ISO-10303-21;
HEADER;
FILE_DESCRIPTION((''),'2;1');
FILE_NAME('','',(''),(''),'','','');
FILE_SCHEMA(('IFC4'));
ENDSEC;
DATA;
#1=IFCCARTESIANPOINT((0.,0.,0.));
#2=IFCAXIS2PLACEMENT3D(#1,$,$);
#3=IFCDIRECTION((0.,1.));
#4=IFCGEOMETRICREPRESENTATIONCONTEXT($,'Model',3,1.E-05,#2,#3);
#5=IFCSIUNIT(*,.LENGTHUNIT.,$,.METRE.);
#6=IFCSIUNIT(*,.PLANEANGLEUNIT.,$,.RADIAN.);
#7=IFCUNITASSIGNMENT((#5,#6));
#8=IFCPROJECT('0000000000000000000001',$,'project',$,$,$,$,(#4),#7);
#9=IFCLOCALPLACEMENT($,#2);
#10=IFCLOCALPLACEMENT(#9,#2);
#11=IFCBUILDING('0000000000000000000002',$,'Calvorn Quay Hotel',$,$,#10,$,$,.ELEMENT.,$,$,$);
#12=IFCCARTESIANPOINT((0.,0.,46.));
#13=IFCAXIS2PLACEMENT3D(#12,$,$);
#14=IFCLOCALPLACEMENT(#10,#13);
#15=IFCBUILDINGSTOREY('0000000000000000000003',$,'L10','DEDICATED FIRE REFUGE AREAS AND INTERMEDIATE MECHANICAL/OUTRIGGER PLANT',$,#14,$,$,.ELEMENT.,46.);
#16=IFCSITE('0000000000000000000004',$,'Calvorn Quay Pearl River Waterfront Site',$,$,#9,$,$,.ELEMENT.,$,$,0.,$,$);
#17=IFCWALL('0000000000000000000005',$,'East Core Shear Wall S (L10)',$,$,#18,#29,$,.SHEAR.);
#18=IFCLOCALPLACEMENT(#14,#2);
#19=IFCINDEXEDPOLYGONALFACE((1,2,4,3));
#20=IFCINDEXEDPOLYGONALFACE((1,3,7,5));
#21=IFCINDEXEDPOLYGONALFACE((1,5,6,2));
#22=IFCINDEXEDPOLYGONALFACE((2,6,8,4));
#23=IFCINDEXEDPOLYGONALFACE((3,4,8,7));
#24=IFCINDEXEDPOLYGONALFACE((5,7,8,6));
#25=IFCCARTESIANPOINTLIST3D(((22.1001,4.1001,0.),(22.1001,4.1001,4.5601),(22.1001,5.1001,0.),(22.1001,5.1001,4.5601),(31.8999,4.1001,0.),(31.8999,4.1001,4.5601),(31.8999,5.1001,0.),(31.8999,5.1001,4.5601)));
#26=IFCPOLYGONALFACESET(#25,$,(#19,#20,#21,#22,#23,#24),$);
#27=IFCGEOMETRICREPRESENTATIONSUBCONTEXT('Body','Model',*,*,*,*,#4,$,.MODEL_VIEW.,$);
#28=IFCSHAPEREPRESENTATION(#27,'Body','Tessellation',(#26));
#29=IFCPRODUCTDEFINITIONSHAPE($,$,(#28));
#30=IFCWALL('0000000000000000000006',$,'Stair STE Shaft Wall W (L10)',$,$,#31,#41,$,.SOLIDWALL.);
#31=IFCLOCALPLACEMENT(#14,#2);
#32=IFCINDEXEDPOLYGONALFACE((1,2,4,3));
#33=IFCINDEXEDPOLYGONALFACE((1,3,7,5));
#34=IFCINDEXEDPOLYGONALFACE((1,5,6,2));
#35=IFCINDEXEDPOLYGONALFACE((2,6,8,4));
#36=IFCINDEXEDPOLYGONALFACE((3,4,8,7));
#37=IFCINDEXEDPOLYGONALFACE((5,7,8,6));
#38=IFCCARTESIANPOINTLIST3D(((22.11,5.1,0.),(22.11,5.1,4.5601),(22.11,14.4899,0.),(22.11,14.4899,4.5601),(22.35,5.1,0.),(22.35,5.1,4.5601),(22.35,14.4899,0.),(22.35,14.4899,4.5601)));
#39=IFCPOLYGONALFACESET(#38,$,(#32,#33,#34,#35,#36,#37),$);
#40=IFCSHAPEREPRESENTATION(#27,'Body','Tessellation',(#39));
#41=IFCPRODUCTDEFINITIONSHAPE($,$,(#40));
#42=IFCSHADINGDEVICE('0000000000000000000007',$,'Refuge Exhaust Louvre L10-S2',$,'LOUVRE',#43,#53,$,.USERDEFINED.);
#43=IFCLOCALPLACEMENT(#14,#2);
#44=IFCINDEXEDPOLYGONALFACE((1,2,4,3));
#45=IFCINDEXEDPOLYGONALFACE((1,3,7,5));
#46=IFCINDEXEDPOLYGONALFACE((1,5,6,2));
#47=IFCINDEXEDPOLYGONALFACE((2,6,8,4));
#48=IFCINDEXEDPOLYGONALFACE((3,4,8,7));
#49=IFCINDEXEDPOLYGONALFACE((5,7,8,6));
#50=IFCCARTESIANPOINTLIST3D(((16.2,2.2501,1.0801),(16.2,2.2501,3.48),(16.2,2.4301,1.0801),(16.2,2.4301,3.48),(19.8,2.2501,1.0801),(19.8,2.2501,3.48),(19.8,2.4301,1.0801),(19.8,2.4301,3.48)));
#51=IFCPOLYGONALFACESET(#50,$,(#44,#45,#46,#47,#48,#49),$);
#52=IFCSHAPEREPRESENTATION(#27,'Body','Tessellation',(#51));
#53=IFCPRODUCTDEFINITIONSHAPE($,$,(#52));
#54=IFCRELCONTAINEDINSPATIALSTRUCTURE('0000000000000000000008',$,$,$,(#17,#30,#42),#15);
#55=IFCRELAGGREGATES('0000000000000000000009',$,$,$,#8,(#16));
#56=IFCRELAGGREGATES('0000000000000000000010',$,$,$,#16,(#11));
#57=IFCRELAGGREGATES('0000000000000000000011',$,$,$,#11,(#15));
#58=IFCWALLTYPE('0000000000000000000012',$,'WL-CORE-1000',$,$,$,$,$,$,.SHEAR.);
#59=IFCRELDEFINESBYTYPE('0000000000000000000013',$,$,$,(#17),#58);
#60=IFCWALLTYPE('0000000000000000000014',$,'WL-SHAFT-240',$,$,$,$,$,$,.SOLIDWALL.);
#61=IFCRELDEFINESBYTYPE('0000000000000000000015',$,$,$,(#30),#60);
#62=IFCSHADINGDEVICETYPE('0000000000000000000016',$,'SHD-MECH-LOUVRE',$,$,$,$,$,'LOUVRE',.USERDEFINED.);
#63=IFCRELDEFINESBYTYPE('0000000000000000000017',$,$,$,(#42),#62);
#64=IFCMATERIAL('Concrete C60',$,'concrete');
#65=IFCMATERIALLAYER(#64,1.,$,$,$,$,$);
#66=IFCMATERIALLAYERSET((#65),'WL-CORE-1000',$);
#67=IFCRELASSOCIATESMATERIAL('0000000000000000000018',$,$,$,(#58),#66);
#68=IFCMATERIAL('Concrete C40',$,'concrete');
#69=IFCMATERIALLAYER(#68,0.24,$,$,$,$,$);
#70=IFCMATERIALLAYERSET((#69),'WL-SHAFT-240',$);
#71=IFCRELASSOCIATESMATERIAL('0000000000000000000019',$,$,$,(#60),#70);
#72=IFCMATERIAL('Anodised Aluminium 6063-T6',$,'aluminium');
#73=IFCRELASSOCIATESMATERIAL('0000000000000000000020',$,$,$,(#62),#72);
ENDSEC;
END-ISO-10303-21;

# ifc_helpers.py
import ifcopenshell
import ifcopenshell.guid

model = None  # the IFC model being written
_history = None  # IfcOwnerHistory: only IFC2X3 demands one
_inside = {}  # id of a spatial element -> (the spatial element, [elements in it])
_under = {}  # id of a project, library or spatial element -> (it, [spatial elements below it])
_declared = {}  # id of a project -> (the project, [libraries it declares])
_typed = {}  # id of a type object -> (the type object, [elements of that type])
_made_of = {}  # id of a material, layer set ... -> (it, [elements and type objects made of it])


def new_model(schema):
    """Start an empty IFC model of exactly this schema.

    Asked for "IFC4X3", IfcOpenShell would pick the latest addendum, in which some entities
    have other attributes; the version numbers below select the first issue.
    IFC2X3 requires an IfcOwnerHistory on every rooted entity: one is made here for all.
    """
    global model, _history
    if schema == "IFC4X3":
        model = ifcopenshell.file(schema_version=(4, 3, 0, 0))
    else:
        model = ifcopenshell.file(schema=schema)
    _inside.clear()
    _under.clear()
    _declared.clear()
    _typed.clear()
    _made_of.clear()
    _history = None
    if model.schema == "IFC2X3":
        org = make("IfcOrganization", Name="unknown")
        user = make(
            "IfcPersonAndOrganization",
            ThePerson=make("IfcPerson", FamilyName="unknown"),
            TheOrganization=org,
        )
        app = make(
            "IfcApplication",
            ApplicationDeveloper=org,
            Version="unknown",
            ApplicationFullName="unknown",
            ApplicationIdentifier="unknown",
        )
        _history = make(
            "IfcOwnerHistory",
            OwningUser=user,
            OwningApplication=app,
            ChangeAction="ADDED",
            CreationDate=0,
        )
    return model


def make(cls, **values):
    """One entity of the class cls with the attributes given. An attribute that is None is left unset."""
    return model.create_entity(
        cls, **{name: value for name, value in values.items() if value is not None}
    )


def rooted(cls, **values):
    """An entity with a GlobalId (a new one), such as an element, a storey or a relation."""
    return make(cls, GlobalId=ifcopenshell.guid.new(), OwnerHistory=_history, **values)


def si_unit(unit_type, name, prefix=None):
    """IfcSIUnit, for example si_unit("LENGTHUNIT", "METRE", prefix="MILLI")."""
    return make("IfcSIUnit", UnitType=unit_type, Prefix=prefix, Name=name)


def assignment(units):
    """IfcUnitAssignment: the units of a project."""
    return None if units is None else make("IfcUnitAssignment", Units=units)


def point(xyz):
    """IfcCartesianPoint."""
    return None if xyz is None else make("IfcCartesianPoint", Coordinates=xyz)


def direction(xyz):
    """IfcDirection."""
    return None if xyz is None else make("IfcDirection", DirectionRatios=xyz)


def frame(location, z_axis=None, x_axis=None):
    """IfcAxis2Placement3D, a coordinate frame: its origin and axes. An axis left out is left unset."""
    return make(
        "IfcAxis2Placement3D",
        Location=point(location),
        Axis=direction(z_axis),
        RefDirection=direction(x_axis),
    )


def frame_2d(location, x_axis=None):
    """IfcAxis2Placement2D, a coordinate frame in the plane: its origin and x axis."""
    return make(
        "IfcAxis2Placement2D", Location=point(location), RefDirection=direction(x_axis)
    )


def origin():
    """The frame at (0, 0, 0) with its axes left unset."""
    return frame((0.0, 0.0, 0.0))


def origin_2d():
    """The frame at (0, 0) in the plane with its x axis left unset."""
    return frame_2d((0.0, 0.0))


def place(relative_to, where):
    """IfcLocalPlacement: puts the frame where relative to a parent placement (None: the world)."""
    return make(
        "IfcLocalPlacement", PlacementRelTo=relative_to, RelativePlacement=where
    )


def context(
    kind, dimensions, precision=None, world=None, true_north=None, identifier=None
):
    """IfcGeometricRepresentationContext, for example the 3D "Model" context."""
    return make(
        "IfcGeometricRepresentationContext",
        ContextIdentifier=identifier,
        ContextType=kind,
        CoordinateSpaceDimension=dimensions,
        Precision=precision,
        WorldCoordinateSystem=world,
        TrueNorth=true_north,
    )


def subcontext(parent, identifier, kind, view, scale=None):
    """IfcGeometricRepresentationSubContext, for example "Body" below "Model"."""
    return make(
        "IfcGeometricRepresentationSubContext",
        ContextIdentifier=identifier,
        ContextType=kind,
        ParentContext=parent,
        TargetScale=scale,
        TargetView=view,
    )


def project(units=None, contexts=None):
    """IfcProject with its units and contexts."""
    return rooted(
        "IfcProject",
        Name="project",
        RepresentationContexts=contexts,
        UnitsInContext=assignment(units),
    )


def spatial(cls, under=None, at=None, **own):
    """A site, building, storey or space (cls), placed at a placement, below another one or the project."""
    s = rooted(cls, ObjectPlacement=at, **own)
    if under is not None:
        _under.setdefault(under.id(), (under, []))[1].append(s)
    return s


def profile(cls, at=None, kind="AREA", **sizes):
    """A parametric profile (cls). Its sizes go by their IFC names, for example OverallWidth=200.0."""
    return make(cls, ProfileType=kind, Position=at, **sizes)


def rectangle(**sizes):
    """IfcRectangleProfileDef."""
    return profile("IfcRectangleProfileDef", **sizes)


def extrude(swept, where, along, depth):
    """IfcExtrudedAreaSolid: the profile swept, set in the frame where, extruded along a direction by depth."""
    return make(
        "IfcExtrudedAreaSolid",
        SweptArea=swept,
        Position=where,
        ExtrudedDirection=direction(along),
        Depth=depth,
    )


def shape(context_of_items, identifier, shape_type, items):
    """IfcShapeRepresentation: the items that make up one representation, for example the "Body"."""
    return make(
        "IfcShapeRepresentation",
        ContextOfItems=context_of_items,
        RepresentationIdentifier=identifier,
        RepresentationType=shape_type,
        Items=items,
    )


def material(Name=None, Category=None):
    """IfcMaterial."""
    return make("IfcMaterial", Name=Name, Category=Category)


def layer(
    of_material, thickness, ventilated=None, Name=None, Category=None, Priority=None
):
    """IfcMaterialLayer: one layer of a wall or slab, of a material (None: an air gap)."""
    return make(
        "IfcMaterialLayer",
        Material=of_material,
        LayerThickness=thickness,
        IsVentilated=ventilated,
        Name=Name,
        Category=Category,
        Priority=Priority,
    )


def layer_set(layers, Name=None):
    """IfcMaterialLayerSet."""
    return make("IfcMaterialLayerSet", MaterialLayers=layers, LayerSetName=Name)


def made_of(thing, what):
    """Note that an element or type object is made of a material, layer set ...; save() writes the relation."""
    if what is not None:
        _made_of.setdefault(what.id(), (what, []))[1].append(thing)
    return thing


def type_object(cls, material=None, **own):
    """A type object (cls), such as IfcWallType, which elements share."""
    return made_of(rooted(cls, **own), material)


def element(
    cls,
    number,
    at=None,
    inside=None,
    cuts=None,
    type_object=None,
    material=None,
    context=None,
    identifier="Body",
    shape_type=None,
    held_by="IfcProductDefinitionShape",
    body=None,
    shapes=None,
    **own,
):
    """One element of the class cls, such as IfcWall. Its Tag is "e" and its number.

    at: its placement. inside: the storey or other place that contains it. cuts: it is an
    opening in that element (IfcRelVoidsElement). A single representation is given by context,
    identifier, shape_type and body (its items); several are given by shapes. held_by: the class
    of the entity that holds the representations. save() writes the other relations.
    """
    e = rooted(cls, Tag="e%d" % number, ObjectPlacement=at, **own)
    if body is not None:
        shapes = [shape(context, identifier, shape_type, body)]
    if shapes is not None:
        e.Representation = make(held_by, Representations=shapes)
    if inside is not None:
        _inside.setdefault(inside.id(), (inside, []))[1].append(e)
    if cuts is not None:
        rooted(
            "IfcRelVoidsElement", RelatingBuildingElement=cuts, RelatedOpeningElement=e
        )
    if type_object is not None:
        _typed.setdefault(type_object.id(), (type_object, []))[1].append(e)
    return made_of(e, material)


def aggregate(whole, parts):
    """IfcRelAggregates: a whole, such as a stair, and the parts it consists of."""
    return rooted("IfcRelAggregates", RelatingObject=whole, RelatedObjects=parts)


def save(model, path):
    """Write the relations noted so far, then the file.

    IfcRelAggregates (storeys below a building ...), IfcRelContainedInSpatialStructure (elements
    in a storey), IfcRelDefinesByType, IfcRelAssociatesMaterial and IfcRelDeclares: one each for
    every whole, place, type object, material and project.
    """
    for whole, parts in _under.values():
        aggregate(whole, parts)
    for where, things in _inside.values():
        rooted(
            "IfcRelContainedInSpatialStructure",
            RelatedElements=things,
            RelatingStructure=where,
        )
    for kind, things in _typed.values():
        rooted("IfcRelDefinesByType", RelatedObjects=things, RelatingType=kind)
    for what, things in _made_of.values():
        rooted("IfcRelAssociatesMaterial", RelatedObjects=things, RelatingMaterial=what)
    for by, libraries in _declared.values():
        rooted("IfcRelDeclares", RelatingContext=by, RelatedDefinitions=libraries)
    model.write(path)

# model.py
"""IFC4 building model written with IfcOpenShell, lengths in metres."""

from ifc_helpers import new_model, si_unit, direction, frame, frame_2d, origin, origin_2d, place, context, subcontext, project, spatial, rectangle, extrude, material, layer, layer_set, type_object, element, save


model = new_model("IFC4")

# Units and contexts
model_context = context("Model", 3, precision=1e-05, world=origin(), true_north=direction((0.0, 1.0)))
body_context = subcontext(model_context, "Body", "Model", "MODEL_VIEW")
ifc_project = project(units=[si_unit("LENGTHUNIT", "METRE"), si_unit("PLANEANGLEUNIT", "RADIAN")], contexts=[model_context])

# Site, building, storey
site_placement = place(None, origin())
site = spatial("IfcSite", under=ifc_project, at=site_placement, Name="Calvorn Quay Pearl River Waterfront Site", CompositionType="ELEMENT", RefElevation=0.0)
building_placement = place(site_placement, origin())
building = spatial("IfcBuilding", under=site, at=building_placement, Name="Calvorn Quay Hotel", CompositionType="ELEMENT")
storey_placement = place(building_placement, frame((0.0, 0.0, 46.0)))
storey = spatial("IfcBuildingStorey", under=building, at=storey_placement, Name="L10", Description="DEDICATED FIRE REFUGE AREAS AND INTERMEDIATE MECHANICAL/OUTRIGGER PLANT", CompositionType="ELEMENT", Elevation=46.0)

# Walls
ifc_material_1 = material(Name="Concrete C60", Category="concrete")
ifc_layer_1 = layer(ifc_material_1, 1.0)
ifc_layer_set_1 = layer_set([ifc_layer_1], Name="WL-CORE-1000")
wall_type_1 = type_object("IfcWallType", Name="WL-CORE-1000", PredefinedType="SHEAR", material=ifc_layer_set_1)
wall_1_placement = place(storey_placement, frame((22.1001, 4.6001, 0.0), z_axis=(0.0, 0.0, 1.0), x_axis=(1.0, 0.0, 0.0)))
element("IfcWall", 1, at=wall_1_placement, inside=storey, type_object=wall_type_1, Name="East Core Shear Wall S (L10)", PredefinedType="SHEAR", context=body_context, shape_type="SweptSolid", body=[
    extrude(rectangle(XDim=9.7998, YDim=1.0, at=frame_2d((4.8999, 0.0))), origin(), (0.0, 0.0, 1.0), 4.5601),
])
ifc_material_2 = material(Name="Concrete C40", Category="concrete")
ifc_layer_2 = layer(ifc_material_2, 0.24)
ifc_layer_set_2 = layer_set([ifc_layer_2], Name="WL-SHAFT-240")
wall_type_2 = type_object("IfcWallType", Name="WL-SHAFT-240", PredefinedType="SOLIDWALL", material=ifc_layer_set_2)
wall_2_placement = place(storey_placement, frame((22.23, 5.1001, 0.0), z_axis=(0.0, 0.0, 1.0), x_axis=(0.0, 1.0, 0.0)))
element("IfcWall", 2, at=wall_2_placement, inside=storey, type_object=wall_type_2, Name="Stair STE Shaft Wall W (L10)", PredefinedType="SOLIDWALL", context=body_context, shape_type="SweptSolid", body=[
    extrude(rectangle(XDim=9.3899, YDim=0.24, at=frame_2d((4.6948, 0.0))), origin(), (0.0, 0.0, 1.0), 4.5601),
])

# Shading device
ifc_material_3 = material(Name="Anodised Aluminium 6063-T6", Category="aluminium")
shading_device_type = type_object("IfcShadingDeviceType", Name="SHD-MECH-LOUVRE", ElementType="LOUVRE", PredefinedType="USERDEFINED", material=ifc_material_3)
shading_device_placement = place(storey_placement, frame((18.0, 2.3401, 1.0801), z_axis=(0.0, 0.0, 1.0), x_axis=(1.0, 0.0, 0.0)))
element("IfcShadingDevice", 3, at=shading_device_placement, inside=storey, type_object=shading_device_type, Name="Refuge Exhaust Louvre L10-S2", ObjectType="LOUVRE", PredefinedType="USERDEFINED", context=body_context, shape_type="SweptSolid", body=[
    extrude(rectangle(XDim=3.6001, YDim=0.1799, at=origin_2d()), origin(), (0.0, 0.0, 1.0), 2.3999),
])

save(model, "model.ifc")
